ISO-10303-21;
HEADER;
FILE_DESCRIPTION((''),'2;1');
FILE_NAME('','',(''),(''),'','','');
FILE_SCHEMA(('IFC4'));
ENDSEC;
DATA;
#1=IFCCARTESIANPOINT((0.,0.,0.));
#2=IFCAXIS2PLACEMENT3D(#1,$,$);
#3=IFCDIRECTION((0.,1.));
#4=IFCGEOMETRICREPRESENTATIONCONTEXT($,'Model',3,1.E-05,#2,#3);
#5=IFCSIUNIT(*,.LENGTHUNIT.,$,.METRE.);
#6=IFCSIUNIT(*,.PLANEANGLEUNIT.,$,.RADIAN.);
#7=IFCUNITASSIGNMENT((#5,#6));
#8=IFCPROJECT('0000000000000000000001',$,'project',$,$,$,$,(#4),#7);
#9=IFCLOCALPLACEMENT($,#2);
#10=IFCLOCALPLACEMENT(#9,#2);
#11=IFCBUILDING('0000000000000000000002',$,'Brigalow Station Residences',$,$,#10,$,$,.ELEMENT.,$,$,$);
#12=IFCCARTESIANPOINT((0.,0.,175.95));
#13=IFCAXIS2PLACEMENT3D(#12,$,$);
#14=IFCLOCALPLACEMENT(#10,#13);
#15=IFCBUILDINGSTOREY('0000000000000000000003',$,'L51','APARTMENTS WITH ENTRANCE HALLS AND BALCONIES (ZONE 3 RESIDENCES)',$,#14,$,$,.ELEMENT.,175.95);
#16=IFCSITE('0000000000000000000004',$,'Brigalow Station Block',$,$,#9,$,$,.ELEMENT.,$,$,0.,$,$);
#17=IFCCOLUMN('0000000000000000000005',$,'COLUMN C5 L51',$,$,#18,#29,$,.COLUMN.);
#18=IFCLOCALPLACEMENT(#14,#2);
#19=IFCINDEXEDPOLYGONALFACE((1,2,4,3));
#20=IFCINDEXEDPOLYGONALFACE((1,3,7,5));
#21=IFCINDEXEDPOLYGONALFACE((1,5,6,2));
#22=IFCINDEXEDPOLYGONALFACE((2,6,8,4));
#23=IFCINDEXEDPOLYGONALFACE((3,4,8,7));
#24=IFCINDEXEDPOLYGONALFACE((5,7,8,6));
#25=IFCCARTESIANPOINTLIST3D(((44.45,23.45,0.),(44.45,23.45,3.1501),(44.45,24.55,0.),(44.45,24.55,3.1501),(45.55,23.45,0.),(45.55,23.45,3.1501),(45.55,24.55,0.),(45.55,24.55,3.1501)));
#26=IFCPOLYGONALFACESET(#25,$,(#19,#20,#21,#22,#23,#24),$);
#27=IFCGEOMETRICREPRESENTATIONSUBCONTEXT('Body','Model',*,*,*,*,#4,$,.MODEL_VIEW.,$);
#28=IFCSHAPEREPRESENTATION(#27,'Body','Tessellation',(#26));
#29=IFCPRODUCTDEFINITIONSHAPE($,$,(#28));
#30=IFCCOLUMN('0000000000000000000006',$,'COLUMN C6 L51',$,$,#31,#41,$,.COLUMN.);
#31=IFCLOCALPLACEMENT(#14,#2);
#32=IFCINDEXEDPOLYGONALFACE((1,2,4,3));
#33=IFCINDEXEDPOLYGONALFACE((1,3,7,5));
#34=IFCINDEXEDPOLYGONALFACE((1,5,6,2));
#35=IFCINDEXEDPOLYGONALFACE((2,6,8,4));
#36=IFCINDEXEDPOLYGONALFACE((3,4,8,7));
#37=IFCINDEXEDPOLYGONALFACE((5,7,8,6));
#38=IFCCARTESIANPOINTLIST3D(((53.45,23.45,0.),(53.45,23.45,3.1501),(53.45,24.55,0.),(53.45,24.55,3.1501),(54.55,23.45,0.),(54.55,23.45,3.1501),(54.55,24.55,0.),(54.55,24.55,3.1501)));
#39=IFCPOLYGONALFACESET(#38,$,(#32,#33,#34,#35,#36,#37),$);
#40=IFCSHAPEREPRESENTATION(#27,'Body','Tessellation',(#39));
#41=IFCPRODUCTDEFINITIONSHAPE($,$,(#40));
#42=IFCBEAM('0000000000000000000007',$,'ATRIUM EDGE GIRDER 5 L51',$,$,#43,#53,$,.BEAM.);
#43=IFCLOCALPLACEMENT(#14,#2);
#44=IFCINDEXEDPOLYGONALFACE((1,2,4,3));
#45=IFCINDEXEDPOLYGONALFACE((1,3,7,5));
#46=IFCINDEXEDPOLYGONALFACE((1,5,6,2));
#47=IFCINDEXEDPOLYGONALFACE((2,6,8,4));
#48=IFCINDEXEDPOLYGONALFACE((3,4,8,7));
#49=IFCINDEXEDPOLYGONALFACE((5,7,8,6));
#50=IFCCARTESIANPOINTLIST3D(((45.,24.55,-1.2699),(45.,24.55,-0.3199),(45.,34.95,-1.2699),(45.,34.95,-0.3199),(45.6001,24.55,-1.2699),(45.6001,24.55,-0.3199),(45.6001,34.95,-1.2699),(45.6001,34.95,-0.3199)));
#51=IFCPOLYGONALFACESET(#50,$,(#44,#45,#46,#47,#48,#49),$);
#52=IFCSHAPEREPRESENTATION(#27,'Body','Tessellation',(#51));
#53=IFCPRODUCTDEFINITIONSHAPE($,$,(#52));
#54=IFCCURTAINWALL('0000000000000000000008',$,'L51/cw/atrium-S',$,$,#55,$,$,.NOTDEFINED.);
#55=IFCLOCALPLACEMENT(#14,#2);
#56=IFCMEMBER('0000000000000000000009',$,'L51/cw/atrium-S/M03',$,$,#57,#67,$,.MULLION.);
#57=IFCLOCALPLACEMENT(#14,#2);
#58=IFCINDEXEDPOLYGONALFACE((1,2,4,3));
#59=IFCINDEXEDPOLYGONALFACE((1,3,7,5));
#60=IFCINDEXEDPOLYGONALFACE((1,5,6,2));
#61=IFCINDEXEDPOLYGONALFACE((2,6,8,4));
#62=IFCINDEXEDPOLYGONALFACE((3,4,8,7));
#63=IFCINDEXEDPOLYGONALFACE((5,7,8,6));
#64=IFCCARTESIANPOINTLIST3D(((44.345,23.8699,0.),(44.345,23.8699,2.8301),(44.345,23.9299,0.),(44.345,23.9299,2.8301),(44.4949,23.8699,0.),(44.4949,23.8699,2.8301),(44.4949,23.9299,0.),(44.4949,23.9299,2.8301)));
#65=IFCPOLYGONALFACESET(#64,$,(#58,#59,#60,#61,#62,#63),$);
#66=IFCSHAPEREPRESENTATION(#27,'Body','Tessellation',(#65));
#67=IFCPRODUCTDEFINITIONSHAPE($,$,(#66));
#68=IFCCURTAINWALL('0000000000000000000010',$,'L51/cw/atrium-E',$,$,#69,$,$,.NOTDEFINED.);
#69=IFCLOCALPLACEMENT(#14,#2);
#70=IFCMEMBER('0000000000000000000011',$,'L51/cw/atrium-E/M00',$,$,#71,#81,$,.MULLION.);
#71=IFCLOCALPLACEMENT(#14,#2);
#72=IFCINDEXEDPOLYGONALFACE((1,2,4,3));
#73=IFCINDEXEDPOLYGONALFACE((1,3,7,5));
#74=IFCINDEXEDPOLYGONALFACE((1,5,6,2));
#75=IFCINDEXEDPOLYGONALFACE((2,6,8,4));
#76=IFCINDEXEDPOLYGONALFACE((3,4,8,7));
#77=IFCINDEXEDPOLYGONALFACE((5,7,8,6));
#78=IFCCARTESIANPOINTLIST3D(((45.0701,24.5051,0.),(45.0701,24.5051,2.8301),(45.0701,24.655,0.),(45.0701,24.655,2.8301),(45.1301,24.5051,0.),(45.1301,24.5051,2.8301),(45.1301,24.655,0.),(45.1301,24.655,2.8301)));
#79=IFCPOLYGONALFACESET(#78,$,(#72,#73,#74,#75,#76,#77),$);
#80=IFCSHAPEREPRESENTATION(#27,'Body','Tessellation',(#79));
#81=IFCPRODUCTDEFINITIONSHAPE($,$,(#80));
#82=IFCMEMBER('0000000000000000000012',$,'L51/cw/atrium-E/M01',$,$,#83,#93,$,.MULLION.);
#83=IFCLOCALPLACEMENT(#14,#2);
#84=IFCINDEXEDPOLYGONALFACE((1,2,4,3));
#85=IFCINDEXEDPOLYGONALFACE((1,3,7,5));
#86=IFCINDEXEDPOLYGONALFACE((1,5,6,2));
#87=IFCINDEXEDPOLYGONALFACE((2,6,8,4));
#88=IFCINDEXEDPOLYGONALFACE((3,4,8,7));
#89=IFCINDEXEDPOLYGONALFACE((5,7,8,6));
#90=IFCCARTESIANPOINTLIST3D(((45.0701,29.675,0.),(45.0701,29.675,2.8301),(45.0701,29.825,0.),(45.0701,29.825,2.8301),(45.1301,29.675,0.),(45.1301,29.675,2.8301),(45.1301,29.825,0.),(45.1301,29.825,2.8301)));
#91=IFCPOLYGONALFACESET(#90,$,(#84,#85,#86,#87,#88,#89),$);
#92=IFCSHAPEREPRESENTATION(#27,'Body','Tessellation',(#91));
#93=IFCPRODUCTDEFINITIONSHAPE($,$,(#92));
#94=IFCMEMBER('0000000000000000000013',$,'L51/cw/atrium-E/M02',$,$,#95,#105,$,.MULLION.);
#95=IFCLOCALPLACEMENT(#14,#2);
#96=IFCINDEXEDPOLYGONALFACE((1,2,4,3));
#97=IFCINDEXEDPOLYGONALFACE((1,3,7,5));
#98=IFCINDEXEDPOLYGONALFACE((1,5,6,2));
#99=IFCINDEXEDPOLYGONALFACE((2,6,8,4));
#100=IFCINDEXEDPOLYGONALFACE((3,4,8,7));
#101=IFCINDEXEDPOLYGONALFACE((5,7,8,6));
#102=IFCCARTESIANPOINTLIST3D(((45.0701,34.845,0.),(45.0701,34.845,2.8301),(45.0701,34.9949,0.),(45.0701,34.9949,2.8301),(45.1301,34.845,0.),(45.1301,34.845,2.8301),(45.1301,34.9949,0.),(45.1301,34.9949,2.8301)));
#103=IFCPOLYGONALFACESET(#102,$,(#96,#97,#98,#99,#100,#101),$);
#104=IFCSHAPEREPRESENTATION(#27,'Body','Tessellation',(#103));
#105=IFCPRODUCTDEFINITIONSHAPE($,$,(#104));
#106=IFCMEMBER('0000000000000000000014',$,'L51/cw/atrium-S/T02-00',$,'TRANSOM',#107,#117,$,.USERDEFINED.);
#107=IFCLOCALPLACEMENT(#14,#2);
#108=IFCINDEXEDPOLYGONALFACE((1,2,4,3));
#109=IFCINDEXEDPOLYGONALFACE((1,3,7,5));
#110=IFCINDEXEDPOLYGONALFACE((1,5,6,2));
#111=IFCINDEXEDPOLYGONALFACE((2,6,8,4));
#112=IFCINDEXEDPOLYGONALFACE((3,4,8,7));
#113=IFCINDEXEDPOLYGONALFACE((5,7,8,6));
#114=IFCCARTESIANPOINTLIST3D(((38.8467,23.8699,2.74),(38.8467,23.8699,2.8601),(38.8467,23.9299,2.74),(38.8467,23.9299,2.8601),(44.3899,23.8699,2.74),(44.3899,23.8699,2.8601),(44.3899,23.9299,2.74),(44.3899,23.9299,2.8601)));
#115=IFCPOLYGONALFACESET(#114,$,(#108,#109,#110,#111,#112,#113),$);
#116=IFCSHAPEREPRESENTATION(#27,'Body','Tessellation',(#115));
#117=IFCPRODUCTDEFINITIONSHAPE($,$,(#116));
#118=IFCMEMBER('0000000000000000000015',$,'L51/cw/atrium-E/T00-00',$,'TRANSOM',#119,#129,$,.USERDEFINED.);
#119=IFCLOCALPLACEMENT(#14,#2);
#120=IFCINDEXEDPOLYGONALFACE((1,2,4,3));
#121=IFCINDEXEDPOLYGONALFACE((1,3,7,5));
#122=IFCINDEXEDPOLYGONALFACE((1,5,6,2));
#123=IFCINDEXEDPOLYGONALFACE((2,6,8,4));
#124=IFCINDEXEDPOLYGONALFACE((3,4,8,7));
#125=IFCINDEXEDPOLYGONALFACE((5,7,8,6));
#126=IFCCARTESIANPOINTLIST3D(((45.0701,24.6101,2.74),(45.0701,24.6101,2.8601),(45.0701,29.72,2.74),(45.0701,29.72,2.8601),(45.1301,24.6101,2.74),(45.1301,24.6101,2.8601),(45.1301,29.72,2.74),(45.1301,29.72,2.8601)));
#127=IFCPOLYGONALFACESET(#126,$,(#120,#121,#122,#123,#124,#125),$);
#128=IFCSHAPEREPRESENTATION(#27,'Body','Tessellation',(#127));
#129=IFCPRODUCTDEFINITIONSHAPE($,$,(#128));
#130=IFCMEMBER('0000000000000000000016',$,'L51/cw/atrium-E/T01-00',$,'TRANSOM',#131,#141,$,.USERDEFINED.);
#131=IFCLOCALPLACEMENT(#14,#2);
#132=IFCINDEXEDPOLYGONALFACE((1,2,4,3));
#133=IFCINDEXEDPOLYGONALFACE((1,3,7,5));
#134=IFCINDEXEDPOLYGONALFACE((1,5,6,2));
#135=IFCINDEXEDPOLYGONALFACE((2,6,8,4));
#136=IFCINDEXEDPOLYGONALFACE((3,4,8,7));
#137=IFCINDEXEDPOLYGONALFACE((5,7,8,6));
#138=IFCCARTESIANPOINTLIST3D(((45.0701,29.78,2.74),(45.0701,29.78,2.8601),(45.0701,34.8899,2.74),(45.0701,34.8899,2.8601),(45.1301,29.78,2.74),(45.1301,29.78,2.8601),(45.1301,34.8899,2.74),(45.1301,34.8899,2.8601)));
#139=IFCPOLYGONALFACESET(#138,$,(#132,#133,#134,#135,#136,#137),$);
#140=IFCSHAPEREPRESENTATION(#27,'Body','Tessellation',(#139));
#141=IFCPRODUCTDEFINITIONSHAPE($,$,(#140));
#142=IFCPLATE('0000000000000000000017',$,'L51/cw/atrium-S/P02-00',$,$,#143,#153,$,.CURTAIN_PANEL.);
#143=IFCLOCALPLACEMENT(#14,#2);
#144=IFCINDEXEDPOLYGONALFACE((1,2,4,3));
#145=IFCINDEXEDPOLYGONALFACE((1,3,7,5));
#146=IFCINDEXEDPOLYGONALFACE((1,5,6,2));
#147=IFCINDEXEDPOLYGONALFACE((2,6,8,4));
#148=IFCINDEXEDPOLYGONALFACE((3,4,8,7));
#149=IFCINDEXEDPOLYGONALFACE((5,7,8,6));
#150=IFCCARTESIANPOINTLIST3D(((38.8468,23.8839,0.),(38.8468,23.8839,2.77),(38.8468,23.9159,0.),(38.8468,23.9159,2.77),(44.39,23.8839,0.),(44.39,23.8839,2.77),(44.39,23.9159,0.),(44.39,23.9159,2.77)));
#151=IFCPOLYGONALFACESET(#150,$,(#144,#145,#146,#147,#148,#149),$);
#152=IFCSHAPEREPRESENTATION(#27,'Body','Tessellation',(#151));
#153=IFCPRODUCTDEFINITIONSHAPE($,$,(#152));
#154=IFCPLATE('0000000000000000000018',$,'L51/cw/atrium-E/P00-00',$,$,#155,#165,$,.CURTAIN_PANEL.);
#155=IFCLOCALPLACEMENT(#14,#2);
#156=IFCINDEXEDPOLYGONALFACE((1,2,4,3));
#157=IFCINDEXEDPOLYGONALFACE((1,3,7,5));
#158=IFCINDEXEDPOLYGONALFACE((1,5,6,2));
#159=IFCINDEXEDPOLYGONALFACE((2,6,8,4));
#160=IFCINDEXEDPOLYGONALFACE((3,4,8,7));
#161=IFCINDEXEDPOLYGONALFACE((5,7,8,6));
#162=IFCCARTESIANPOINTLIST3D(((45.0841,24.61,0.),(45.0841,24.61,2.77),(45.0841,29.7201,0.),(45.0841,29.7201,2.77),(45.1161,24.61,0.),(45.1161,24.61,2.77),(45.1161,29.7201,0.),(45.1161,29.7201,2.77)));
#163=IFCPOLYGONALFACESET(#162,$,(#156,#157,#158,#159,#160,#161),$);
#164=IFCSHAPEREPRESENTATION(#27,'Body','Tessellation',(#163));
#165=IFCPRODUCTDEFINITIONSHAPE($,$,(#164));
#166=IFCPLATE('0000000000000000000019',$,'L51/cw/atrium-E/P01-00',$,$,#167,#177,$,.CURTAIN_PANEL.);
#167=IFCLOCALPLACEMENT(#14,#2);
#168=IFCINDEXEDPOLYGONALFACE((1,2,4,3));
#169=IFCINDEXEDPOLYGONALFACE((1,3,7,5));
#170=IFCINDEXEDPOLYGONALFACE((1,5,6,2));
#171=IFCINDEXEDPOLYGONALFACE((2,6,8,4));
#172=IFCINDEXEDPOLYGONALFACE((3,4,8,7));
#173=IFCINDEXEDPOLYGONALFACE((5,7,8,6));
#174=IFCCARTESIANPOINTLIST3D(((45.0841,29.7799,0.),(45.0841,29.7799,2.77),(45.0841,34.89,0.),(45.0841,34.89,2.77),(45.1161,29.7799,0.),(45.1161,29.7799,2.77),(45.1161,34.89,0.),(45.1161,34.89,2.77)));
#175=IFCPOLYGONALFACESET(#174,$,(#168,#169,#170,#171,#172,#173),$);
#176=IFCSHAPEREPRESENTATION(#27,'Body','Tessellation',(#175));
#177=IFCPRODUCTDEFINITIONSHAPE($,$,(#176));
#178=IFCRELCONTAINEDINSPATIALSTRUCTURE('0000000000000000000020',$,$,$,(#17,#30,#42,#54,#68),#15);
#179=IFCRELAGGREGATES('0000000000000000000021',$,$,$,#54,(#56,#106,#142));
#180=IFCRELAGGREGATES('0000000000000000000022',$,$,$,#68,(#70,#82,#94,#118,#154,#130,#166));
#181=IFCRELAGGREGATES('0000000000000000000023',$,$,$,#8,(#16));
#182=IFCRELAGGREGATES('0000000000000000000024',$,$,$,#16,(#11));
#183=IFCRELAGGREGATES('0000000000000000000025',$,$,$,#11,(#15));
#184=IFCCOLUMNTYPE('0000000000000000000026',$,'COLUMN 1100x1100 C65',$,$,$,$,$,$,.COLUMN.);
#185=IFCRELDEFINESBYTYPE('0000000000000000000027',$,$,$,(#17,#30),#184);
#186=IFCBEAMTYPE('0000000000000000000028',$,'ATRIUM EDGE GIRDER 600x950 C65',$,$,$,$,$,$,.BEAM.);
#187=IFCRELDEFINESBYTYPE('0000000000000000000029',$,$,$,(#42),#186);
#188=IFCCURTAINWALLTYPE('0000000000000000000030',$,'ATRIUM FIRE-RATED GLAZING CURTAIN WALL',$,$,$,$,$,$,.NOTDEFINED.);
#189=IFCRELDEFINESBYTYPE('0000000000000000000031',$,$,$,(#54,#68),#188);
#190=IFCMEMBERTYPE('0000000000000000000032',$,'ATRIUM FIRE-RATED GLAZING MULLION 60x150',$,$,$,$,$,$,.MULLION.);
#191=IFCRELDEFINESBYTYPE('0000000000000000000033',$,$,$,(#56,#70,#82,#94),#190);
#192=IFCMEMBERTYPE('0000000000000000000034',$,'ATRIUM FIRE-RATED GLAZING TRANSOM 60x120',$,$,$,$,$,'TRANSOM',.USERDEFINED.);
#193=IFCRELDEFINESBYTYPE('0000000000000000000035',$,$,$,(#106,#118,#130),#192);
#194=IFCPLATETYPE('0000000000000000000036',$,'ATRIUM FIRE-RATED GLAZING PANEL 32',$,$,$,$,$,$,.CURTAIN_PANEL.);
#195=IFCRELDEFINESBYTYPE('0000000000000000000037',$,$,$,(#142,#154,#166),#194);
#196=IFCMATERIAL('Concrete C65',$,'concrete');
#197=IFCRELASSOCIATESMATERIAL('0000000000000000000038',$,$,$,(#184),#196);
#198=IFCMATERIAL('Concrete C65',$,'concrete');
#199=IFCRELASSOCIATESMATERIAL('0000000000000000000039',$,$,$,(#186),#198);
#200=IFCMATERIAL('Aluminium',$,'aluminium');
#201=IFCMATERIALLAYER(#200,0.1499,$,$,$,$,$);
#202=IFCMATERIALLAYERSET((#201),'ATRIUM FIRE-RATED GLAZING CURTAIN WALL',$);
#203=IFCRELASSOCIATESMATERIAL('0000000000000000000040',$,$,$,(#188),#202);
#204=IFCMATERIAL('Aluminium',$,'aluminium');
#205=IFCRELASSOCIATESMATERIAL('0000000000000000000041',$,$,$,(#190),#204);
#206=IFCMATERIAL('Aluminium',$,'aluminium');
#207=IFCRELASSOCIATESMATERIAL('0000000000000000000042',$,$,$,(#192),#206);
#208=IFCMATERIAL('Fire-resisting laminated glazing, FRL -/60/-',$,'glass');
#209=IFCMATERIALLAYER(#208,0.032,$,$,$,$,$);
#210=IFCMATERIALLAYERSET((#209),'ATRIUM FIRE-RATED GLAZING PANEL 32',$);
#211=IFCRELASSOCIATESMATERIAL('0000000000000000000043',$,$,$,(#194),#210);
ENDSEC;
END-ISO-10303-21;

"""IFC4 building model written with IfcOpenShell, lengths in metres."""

from ifc_helpers import new_model, si_unit, direction, frame, origin, origin_2d, place, context, subcontext, project, spatial, rectangle, extrude, material, layer, layer_set, material_profile, profile_set, type_object, element, aggregate, save


model = new_model("IFC4")

# Units and contexts
model_context = context("Model", 3, precision=1e-05, world=origin(), true_north=direction((0.0, 1.0)))
body_context = subcontext(model_context, "Body", "Model", "MODEL_VIEW")
ifc_project = project(units=[si_unit("LENGTHUNIT", "METRE"), si_unit("PLANEANGLEUNIT", "RADIAN")], contexts=[model_context])

# Site, building, storey
site_placement = place(None, origin())
site = spatial("IfcSite", under=ifc_project, at=site_placement, Name="Brigalow Station Block", CompositionType="ELEMENT", RefElevation=0.0)
building_placement = place(site_placement, origin())
building = spatial("IfcBuilding", under=site, at=building_placement, Name="Brigalow Station Residences", CompositionType="ELEMENT")
storey_placement = place(building_placement, frame((0.0, 0.0, 175.95)))
storey = spatial("IfcBuildingStorey", under=building, at=storey_placement, Name="L51", Description="APARTMENTS WITH ENTRANCE HALLS AND BALCONIES (ZONE 3 RESIDENCES)", CompositionType="ELEMENT", Elevation=175.95)

# Columns
ifc_material_1 = material(Name="Concrete C65", Category="concrete")
ifc_material_profile_1 = material_profile(ifc_material_1, rectangle(XDim=1.1001, YDim=1.1001, at=origin_2d()), Name="RC1100x1100")
ifc_profile_set_1 = profile_set([ifc_material_profile_1], Name="Concrete C65")
column_type = type_object("IfcColumnType", Name="COLUMN 1100x1100 C65", PredefinedType="COLUMN", material=ifc_profile_set_1)
for number, where, z_axis, x_axis, name in (
    (1, (45.0, 24.0, 0.0), (0.0, 0.0, 1.0), (1.0, 0.0, 0.0), "COLUMN C5 L51"),
    (2, (54.0, 24.0, 0.0), (0.0, 0.0, 1.0), (1.0, 0.0, 0.0), "COLUMN C6 L51"),
):
    element("IfcColumn", number, at=place(storey_placement, frame(where, z_axis=z_axis, x_axis=x_axis)), inside=storey, type_object=column_type, Name=name, PredefinedType="COLUMN", context=body_context, shape_type="SweptSolid", body=[
        extrude(rectangle(XDim=1.1001, YDim=1.1001, at=origin_2d()), origin(), (0.0, 0.0, 1.0), 3.1501),
    ])

# Beam
ifc_material_2 = material(Name="Concrete C65", Category="concrete")
ifc_material_profile_2 = material_profile(ifc_material_2, rectangle(XDim=0.6001, YDim=0.95, at=origin_2d()), Name="RC600x950")
ifc_profile_set_2 = profile_set([ifc_material_profile_2], Name="Concrete C65")
beam_type = type_object("IfcBeamType", Name="ATRIUM EDGE GIRDER 600x950 C65", PredefinedType="BEAM", material=ifc_profile_set_2)
beam_placement = place(storey_placement, frame((45.3, 24.55, -0.7949), z_axis=(0.0, 1.0, 0.0), x_axis=(-1.0, 0.0, 0.0)))
element("IfcBeam", 3, at=beam_placement, inside=storey, type_object=beam_type, Name="ATRIUM EDGE GIRDER 5 L51", PredefinedType="BEAM", context=body_context, shape_type="SweptSolid", body=[
    extrude(rectangle(XDim=0.6001, YDim=0.95, at=origin_2d()), origin(), (0.0, 0.0, 1.0), 10.3999),
])

# Curtain wall, member
ifc_material_3 = material(Name="Aluminium", Category="aluminium")
ifc_layer_1 = layer(ifc_material_3, 0.1499)
ifc_layer_set_1 = layer_set([ifc_layer_1], Name="ATRIUM FIRE-RATED GLAZING CURTAIN WALL")
curtain_wall_type = type_object("IfcCurtainWallType", Name="ATRIUM FIRE-RATED GLAZING CURTAIN WALL", PredefinedType="NOTDEFINED", material=ifc_layer_set_1)
curtain_wall_1_placement = place(storey_placement, origin())
curtain_wall_1 = element("IfcCurtainWall", 4, at=curtain_wall_1_placement, inside=storey, type_object=curtain_wall_type, Name="L51/cw/atrium-S", PredefinedType="NOTDEFINED")
ifc_material_4 = material(Name="Aluminium", Category="aluminium")
ifc_material_profile_3 = material_profile(ifc_material_4, rectangle(XDim=0.0601, YDim=0.1499, at=origin_2d()), Name="ATRIUM FIRE-RATED GLAZING MULLION 60x150")
ifc_profile_set_3 = profile_set([ifc_material_profile_3], Name="Aluminium")
member_type_1 = type_object("IfcMemberType", Name="ATRIUM FIRE-RATED GLAZING MULLION 60x150", PredefinedType="MULLION", material=ifc_profile_set_3)
member_1_placement = place(storey_placement, frame((44.4199, 23.8999, 0.0), z_axis=(0.0, 0.0, 1.0), x_axis=(0.0, 1.0, 0.0)))
member_1 = element("IfcMember", 5, at=member_1_placement, type_object=member_type_1, Name="L51/cw/atrium-S/M03", PredefinedType="MULLION", context=body_context, shape_type="SweptSolid", body=[
    extrude(rectangle(XDim=0.0601, YDim=0.1499, at=origin_2d()), origin(), (0.0, 0.0, 1.0), 2.8301),
])

# Curtain wall, members
curtain_wall_2_placement = place(storey_placement, origin())
curtain_wall_2 = element("IfcCurtainWall", 6, at=curtain_wall_2_placement, inside=storey, type_object=curtain_wall_type, Name="L51/cw/atrium-E", PredefinedType="NOTDEFINED")
member_2_placement = place(storey_placement, frame((45.1001, 24.5801, 0.0), z_axis=(0.0, 0.0, 1.0), x_axis=(-1.0, 0.0, 0.0)))
member_2 = element("IfcMember", 7, at=member_2_placement, type_object=member_type_1, Name="L51/cw/atrium-E/M00", PredefinedType="MULLION", context=body_context, shape_type="SweptSolid", body=[
    extrude(rectangle(XDim=0.0601, YDim=0.1499, at=origin_2d()), origin(), (0.0, 0.0, 1.0), 2.8301),
])
member_3_placement = place(storey_placement, frame((45.1001, 29.75, 0.0), z_axis=(0.0, 0.0, 1.0), x_axis=(-1.0, 0.0, 0.0)))
member_3 = element("IfcMember", 8, at=member_3_placement, type_object=member_type_1, Name="L51/cw/atrium-E/M01", PredefinedType="MULLION", context=body_context, shape_type="SweptSolid", body=[
    extrude(rectangle(XDim=0.0601, YDim=0.1499, at=origin_2d()), origin(), (0.0, 0.0, 1.0), 2.8301),
])
member_4_placement = place(storey_placement, frame((45.1001, 34.9199, 0.0), z_axis=(0.0, 0.0, 1.0), x_axis=(-1.0, 0.0, 0.0)))
member_4 = element("IfcMember", 9, at=member_4_placement, type_object=member_type_1, Name="L51/cw/atrium-E/M02", PredefinedType="MULLION", context=body_context, shape_type="SweptSolid", body=[
    extrude(rectangle(XDim=0.0601, YDim=0.1499, at=origin_2d()), origin(), (0.0, 0.0, 1.0), 2.8301),
])

# Members
ifc_material_5 = material(Name="Aluminium", Category="aluminium")
ifc_material_profile_4 = material_profile(ifc_material_5, rectangle(XDim=0.0601, YDim=0.1201, at=origin_2d()), Name="ATRIUM FIRE-RATED GLAZING TRANSOM 60x120")
ifc_profile_set_4 = profile_set([ifc_material_profile_4], Name="Aluminium")
member_type_2 = type_object("IfcMemberType", Name="ATRIUM FIRE-RATED GLAZING TRANSOM 60x120", ElementType="TRANSOM", PredefinedType="USERDEFINED", material=ifc_profile_set_4)
member_5_placement = place(storey_placement, frame((38.8467, 23.8999, 2.8), z_axis=(1.0, 0.0, 0.0), x_axis=(0.0, 1.0, 0.0)))
member_5 = element("IfcMember", 10, at=member_5_placement, type_object=member_type_2, Name="L51/cw/atrium-S/T02-00", ObjectType="TRANSOM", PredefinedType="USERDEFINED", context=body_context, shape_type="SweptSolid", body=[
    extrude(rectangle(XDim=0.0601, YDim=0.1201, at=origin_2d()), origin(), (0.0, 0.0, 1.0), 5.5432),
])
member_6_placement = place(storey_placement, frame((45.1001, 24.6101, 2.8), z_axis=(0.0, 1.0, 0.0), x_axis=(-1.0, 0.0, 0.0)))
member_6 = element("IfcMember", 11, at=member_6_placement, type_object=member_type_2, Name="L51/cw/atrium-E/T00-00", ObjectType="TRANSOM", PredefinedType="USERDEFINED", context=body_context, shape_type="SweptSolid", body=[
    extrude(rectangle(XDim=0.0601, YDim=0.1201, at=origin_2d()), origin(), (0.0, 0.0, 1.0), 5.1099),
])
member_7_placement = place(storey_placement, frame((45.1001, 29.78, 2.8), z_axis=(0.0, 1.0, 0.0), x_axis=(-1.0, 0.0, 0.0)))
member_7 = element("IfcMember", 12, at=member_7_placement, type_object=member_type_2, Name="L51/cw/atrium-E/T01-00", ObjectType="TRANSOM", PredefinedType="USERDEFINED", context=body_context, shape_type="SweptSolid", body=[
    extrude(rectangle(XDim=0.0601, YDim=0.1201, at=origin_2d()), origin(), (0.0, 0.0, 1.0), 5.1099),
])

# Plates
ifc_material_6 = material(Name="Fire-resisting laminated glazing, FRL -/60/-", Category="glass")
ifc_layer_2 = layer(ifc_material_6, 0.032)
ifc_layer_set_2 = layer_set([ifc_layer_2], Name="ATRIUM FIRE-RATED GLAZING PANEL 32")
plate_type = type_object("IfcPlateType", Name="ATRIUM FIRE-RATED GLAZING PANEL 32", PredefinedType="CURTAIN_PANEL", material=ifc_layer_set_2)
plate_1_placement = place(storey_placement, frame((41.6184, 23.8999, 0.0), z_axis=(0.0, 0.0, 1.0), x_axis=(1.0, 0.0, 0.0)))
plate_1 = element("IfcPlate", 13, at=plate_1_placement, type_object=plate_type, Name="L51/cw/atrium-S/P02-00", PredefinedType="CURTAIN_PANEL", context=body_context, shape_type="SweptSolid", body=[
    extrude(rectangle(XDim=5.5432, YDim=0.032, at=origin_2d()), origin(), (0.0, 0.0, 1.0), 2.77),
])
aggregate(curtain_wall_1, [member_1, member_5, plate_1])
plate_2_placement = place(storey_placement, frame((45.1001, 27.165, 0.0), z_axis=(0.0, 0.0, 1.0), x_axis=(0.0, 1.0, 0.0)))
plate_2 = element("IfcPlate", 14, at=plate_2_placement, type_object=plate_type, Name="L51/cw/atrium-E/P00-00", PredefinedType="CURTAIN_PANEL", context=body_context, shape_type="SweptSolid", body=[
    extrude(rectangle(XDim=5.1101, YDim=0.032, at=origin_2d()), origin(), (0.0, 0.0, 1.0), 2.77),
])
plate_3_placement = place(storey_placement, frame((45.1001, 32.335, 0.0), z_axis=(0.0, 0.0, 1.0), x_axis=(0.0, 1.0, 0.0)))
plate_3 = element("IfcPlate", 15, at=plate_3_placement, type_object=plate_type, Name="L51/cw/atrium-E/P01-00", PredefinedType="CURTAIN_PANEL", context=body_context, shape_type="SweptSolid", body=[
    extrude(rectangle(XDim=5.1101, YDim=0.032, at=origin_2d()), origin(), (0.0, 0.0, 1.0), 2.77),
])
aggregate(curtain_wall_2, [member_2, member_3, member_4, member_6, plate_2, member_7, plate_3])

save(model, "model.ifc")
